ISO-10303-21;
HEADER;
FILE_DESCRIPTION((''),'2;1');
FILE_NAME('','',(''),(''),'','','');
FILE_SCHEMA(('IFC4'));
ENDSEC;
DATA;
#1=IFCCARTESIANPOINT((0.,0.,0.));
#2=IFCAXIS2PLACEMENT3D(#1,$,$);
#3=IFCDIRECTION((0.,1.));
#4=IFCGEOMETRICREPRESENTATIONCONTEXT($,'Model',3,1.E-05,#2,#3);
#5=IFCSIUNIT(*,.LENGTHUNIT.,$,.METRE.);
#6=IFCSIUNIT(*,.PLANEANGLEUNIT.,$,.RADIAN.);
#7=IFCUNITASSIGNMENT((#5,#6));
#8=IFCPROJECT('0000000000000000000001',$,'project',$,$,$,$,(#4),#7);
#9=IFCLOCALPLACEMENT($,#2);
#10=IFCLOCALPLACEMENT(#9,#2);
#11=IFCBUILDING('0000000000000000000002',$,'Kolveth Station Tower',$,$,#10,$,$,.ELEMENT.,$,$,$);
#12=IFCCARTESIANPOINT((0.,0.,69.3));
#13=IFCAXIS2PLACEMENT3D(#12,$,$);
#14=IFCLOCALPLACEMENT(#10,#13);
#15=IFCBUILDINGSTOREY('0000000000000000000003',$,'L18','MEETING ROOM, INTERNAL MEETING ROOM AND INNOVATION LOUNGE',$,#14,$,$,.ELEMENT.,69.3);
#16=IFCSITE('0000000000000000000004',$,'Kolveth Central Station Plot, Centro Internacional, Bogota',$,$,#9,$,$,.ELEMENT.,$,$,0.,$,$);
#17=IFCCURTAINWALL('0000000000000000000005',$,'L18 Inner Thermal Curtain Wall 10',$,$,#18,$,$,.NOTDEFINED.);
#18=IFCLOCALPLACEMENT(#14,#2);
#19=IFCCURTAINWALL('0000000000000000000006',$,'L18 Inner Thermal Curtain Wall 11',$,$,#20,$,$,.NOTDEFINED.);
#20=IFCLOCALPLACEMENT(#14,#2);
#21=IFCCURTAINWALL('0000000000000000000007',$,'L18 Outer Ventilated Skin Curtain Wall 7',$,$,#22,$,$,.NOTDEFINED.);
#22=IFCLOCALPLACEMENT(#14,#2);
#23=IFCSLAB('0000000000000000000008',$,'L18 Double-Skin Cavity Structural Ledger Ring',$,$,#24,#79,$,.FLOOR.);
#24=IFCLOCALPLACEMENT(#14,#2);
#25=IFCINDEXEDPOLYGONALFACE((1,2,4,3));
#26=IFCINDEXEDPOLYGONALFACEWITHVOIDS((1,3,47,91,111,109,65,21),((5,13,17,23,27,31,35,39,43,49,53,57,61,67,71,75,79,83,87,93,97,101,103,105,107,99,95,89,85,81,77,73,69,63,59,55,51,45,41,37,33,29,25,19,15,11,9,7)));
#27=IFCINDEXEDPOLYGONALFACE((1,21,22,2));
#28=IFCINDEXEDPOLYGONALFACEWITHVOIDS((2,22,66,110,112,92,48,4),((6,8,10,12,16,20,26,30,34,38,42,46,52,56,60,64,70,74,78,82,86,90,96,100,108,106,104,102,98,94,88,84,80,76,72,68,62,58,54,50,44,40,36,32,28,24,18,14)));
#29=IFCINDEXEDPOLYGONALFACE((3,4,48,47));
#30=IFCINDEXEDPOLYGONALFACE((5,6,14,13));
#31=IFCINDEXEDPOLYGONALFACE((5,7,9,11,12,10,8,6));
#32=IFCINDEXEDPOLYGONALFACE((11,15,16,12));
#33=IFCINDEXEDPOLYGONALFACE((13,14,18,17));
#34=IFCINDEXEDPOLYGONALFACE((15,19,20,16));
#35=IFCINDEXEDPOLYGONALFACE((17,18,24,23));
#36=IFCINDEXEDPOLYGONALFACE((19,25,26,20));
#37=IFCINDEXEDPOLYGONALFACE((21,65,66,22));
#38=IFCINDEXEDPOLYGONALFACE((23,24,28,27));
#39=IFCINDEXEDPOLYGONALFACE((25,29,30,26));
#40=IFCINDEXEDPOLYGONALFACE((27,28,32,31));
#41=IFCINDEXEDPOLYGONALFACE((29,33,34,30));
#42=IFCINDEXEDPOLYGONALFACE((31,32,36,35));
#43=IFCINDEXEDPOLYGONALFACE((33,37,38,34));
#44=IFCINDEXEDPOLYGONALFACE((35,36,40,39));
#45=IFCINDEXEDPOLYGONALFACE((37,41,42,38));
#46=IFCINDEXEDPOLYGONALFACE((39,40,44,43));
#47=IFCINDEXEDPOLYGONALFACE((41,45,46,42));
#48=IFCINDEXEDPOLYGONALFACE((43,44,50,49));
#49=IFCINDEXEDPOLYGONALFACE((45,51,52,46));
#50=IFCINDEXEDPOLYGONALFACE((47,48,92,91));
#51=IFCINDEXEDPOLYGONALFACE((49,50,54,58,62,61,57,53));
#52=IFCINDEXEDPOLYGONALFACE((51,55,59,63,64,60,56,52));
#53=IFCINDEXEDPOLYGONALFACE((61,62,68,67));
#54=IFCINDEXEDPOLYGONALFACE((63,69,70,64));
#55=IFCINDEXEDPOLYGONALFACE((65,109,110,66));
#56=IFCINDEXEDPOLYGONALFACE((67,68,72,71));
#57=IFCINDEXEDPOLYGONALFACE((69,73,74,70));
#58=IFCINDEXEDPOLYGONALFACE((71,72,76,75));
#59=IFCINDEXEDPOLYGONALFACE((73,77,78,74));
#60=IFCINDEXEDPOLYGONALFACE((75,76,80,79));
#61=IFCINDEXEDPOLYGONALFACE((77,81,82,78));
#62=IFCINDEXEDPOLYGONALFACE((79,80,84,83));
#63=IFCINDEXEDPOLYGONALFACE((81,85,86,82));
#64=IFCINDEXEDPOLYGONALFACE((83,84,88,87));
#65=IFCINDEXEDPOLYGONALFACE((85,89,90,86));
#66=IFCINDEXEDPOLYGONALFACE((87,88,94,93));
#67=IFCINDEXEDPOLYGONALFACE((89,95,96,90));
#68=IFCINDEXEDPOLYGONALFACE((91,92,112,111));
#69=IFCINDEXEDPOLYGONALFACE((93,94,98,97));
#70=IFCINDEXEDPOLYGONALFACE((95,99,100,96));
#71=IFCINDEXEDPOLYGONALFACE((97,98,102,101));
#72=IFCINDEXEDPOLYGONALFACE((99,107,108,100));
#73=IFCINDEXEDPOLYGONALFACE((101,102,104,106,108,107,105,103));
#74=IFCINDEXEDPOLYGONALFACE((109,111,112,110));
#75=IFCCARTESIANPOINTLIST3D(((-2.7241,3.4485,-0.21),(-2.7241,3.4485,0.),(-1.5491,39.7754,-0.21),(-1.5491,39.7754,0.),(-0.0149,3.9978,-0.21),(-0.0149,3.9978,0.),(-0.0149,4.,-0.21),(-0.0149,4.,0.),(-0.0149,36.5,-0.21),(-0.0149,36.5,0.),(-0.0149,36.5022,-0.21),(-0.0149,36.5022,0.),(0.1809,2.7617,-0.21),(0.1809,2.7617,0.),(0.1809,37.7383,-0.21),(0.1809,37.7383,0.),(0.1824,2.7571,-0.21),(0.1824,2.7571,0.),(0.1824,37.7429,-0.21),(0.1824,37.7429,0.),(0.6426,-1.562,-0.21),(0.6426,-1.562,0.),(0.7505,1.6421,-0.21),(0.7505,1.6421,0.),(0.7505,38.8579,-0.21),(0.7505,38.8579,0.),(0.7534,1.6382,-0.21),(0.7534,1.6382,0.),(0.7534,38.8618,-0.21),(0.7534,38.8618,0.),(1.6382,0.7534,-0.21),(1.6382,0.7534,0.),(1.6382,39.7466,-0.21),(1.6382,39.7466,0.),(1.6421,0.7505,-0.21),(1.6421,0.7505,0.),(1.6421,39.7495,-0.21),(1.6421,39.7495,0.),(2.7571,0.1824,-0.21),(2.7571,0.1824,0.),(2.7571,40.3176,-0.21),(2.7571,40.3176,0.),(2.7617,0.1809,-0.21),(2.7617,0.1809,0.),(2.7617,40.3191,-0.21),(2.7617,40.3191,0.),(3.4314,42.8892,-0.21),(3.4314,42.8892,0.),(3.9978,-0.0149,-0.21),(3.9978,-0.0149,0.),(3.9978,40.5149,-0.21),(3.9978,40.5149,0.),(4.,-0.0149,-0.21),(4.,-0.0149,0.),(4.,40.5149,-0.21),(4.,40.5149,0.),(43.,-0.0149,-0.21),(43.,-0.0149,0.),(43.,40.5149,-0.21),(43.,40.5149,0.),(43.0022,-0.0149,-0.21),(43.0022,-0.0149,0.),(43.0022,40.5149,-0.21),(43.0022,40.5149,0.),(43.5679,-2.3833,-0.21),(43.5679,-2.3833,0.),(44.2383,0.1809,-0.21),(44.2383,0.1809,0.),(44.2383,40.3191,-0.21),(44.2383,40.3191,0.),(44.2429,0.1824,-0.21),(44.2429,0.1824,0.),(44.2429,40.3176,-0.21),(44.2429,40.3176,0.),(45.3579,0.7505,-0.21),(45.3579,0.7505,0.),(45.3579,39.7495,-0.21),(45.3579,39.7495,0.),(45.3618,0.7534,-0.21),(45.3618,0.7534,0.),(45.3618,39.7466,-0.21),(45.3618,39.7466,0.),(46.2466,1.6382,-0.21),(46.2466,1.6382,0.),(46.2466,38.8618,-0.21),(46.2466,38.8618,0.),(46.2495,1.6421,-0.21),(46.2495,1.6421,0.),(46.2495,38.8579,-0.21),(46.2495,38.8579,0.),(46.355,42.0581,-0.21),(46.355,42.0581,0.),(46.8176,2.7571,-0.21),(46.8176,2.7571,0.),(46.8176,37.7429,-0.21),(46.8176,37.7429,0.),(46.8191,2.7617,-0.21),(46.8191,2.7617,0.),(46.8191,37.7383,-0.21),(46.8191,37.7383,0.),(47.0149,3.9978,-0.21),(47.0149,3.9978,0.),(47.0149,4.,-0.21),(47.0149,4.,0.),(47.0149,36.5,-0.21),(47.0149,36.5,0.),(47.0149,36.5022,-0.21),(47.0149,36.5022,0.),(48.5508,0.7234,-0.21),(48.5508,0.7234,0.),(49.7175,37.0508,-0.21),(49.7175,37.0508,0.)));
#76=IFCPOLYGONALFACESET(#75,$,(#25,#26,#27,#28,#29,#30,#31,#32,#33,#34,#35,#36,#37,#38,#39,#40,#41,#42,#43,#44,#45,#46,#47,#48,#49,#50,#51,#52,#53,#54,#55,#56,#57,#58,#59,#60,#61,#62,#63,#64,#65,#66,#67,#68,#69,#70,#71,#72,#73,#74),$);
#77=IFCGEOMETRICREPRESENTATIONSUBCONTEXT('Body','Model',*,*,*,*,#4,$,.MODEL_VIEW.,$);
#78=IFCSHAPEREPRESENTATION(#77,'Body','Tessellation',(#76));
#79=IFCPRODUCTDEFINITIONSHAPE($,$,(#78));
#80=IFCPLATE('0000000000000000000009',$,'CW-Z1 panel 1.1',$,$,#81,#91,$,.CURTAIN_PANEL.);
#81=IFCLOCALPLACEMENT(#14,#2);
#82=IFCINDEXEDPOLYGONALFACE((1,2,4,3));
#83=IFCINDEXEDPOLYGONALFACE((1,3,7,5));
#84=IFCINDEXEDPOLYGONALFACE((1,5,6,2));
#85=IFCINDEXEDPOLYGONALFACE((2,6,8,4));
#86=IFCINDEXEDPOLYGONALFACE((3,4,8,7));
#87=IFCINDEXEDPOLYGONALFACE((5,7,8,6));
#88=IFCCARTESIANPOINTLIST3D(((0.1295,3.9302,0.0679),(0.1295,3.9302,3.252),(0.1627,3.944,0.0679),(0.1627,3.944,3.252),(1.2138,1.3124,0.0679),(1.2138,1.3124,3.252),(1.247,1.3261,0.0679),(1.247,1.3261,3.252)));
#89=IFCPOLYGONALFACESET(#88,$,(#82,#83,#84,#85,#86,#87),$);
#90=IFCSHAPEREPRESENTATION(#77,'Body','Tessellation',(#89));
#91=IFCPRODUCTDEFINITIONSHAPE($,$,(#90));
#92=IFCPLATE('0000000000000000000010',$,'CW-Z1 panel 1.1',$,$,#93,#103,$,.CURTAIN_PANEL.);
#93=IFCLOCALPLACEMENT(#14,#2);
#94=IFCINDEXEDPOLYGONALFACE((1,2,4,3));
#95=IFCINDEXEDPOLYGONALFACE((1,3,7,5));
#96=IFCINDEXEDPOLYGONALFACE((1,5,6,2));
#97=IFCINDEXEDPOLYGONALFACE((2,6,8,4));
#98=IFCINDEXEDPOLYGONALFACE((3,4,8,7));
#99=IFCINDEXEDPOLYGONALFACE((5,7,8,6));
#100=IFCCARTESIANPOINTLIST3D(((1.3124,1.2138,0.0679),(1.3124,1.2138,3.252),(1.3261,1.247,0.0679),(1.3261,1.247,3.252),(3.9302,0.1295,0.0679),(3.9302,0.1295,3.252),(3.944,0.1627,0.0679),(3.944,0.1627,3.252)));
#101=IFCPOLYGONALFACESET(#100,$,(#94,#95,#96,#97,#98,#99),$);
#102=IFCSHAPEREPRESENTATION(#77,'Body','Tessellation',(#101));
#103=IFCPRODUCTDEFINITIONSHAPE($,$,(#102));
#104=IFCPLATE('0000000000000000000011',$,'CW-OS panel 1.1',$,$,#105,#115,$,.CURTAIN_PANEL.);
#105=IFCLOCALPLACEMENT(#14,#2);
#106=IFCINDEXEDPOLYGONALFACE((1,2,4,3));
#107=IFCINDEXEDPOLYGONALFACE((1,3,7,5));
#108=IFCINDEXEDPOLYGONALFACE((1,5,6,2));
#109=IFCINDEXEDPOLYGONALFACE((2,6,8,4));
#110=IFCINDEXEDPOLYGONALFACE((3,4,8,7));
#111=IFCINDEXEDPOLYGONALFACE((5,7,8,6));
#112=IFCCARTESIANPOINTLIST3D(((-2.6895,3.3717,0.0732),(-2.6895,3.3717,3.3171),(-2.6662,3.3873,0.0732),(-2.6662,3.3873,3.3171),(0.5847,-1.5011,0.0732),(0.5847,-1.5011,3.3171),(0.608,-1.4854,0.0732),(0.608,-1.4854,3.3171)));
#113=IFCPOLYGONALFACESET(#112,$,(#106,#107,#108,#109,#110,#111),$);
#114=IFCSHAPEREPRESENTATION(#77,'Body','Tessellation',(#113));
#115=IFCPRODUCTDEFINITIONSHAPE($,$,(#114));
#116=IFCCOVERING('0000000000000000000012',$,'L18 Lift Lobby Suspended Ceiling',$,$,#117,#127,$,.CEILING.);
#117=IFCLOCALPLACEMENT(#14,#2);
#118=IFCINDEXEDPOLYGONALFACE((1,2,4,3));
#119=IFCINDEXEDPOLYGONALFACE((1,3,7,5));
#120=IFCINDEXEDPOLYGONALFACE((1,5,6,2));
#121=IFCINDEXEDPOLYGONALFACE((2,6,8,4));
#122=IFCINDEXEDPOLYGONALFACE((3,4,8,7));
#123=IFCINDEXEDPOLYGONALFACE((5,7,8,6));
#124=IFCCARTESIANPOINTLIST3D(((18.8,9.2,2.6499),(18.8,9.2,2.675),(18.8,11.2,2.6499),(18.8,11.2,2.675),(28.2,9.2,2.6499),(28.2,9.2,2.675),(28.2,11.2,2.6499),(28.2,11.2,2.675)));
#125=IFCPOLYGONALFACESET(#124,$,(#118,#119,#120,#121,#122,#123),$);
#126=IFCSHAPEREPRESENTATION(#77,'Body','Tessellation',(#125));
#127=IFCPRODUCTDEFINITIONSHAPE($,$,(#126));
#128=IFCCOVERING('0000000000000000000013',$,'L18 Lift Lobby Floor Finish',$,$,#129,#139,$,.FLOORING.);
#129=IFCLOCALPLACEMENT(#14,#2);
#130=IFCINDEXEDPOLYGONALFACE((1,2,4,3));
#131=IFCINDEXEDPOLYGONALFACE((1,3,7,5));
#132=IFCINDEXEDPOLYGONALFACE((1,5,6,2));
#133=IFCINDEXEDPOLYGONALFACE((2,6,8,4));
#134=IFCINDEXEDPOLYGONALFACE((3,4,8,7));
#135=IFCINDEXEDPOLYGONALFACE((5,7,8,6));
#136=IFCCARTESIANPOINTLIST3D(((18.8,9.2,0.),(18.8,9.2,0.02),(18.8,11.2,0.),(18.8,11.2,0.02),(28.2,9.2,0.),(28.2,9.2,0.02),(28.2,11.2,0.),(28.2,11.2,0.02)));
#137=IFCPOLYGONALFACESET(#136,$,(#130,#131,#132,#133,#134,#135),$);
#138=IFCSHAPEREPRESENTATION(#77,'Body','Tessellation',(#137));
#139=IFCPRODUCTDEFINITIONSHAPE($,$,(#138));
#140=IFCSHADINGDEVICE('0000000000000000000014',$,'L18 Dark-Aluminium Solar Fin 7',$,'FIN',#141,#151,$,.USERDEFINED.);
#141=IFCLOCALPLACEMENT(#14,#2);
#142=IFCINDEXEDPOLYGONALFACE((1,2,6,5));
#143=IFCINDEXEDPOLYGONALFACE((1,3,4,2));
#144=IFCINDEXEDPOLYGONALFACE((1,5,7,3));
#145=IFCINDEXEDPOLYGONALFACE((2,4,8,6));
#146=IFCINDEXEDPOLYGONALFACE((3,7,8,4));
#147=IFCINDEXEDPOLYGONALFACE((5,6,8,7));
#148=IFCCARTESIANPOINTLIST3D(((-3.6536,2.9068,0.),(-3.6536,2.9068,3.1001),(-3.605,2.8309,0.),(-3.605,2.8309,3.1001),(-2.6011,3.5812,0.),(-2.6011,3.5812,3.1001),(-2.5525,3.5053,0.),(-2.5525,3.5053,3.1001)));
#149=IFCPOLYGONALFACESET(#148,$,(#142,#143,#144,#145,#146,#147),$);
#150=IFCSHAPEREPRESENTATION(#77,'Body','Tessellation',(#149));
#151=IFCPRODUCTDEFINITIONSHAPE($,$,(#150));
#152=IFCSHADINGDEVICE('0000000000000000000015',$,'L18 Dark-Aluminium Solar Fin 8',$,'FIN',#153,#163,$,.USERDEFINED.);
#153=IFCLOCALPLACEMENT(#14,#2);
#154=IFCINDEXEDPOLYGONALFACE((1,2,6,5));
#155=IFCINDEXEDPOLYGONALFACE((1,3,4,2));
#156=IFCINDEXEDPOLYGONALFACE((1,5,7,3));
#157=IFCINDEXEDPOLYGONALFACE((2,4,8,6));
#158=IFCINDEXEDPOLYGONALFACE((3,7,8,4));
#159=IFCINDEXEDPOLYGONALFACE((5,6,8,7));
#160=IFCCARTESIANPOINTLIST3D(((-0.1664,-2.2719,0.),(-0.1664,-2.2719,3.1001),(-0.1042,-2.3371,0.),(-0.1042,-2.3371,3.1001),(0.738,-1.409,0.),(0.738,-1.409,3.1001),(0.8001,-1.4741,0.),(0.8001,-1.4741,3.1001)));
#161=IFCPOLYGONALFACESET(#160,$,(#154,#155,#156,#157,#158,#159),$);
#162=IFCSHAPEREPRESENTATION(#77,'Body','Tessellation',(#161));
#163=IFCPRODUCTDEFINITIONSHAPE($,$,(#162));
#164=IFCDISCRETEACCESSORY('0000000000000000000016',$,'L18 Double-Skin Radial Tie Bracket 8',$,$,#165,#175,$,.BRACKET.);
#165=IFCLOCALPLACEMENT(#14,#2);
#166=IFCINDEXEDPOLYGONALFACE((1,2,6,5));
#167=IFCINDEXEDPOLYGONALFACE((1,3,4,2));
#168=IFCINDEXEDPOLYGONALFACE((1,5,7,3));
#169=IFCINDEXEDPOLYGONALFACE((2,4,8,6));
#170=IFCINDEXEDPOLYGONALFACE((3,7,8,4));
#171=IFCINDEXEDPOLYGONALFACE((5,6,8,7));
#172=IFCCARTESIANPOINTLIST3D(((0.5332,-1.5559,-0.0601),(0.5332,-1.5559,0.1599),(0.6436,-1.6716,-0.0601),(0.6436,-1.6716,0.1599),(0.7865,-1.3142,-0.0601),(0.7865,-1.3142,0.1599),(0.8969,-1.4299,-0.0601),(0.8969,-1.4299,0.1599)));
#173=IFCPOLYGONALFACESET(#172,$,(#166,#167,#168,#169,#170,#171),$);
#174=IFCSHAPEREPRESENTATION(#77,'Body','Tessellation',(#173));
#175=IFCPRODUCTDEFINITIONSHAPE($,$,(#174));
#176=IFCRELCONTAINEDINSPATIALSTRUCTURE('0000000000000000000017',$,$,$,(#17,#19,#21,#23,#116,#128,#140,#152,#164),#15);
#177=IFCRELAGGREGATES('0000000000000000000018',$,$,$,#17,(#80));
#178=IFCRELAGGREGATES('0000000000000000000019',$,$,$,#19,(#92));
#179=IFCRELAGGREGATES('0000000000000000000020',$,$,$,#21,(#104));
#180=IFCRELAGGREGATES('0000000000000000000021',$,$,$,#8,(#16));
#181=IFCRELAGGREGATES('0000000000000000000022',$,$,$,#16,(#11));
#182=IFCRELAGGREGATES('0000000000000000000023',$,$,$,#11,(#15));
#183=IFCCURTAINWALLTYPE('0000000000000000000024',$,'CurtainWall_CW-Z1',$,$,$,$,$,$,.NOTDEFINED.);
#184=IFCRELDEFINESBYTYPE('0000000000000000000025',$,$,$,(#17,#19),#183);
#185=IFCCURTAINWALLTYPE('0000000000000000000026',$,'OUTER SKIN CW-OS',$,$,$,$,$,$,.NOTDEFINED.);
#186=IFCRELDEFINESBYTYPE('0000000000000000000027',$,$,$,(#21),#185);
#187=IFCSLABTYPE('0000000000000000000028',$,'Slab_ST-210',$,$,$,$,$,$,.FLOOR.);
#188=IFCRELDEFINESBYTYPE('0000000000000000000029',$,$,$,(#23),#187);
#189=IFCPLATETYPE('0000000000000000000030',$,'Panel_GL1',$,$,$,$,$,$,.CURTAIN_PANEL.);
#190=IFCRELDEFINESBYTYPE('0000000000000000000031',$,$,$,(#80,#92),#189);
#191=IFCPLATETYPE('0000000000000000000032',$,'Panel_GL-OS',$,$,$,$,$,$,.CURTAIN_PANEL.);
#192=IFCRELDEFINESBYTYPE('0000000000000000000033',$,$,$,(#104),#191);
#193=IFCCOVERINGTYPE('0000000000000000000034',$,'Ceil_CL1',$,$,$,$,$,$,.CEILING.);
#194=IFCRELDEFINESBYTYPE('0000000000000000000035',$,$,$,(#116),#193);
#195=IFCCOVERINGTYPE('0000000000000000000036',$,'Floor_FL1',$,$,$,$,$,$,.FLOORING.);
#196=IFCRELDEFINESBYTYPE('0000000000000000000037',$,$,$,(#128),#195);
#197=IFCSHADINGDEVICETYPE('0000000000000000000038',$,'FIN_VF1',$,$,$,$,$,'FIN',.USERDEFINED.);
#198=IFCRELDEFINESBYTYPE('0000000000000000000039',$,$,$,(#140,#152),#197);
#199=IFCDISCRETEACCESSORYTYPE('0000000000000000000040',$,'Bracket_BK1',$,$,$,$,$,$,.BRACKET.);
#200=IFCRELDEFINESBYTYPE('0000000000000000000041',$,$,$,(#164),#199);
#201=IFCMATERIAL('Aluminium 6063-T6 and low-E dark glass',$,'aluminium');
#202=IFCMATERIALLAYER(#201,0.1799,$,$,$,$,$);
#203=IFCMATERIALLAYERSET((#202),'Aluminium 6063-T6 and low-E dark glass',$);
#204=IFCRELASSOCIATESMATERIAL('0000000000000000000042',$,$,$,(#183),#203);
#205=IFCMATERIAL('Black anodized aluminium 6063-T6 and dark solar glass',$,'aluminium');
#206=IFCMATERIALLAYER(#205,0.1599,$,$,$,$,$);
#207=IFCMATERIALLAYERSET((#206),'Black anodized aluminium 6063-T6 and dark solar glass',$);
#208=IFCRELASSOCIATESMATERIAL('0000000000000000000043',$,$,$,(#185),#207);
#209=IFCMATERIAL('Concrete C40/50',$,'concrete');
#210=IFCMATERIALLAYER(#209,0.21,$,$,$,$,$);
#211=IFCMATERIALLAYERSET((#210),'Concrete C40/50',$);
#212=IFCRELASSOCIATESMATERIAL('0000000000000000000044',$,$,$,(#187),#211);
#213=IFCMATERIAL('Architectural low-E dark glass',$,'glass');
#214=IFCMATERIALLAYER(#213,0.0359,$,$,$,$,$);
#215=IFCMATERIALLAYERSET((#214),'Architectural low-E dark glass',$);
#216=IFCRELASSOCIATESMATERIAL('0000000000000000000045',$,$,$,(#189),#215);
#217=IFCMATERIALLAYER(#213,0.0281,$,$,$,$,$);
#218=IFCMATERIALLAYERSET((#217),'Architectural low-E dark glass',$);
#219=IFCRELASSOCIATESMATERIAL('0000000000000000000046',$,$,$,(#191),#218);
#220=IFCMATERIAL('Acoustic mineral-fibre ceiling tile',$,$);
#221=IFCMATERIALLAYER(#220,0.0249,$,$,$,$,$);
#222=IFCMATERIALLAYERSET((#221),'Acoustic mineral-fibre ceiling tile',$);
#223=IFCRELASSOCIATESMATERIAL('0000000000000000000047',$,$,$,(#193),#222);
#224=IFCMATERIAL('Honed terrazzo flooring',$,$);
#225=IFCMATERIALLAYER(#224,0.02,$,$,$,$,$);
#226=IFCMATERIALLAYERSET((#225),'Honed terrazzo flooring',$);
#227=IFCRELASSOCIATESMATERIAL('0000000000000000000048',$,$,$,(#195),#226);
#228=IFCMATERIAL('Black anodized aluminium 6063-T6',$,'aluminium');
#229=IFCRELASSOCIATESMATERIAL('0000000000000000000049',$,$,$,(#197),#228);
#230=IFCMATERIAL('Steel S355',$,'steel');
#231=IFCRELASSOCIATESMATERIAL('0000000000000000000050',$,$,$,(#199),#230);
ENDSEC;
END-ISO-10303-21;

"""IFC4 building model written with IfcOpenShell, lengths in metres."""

from ifc_helpers import new_model, si_unit, direction, frame, origin, origin_2d, place, context, subcontext, project, spatial, polyline, rectangle, outline, extrude, source, transform, mapped, material, layer, layer_set, type_object, element, aggregate, save


model = new_model("IFC4")

# Units and contexts
model_context = context("Model", 3, precision=1e-05, world=origin(), true_north=direction((0.0, 1.0)))
body_context = subcontext(model_context, "Body", "Model", "MODEL_VIEW")
ifc_project = project(units=[si_unit("LENGTHUNIT", "METRE"), si_unit("PLANEANGLEUNIT", "RADIAN")], contexts=[model_context])

# Site, building, storey
site_placement = place(None, origin())
site = spatial("IfcSite", under=ifc_project, at=site_placement, Name="Kolveth Central Station Plot, Centro Internacional, Bogota", CompositionType="ELEMENT", RefElevation=0.0)
building_placement = place(site_placement, origin())
building = spatial("IfcBuilding", under=site, at=building_placement, Name="Kolveth Station Tower", CompositionType="ELEMENT")
storey_placement = place(building_placement, frame((0.0, 0.0, 69.3)))
storey = spatial("IfcBuildingStorey", under=building, at=storey_placement, Name="L18", Description="MEETING ROOM, INTERNAL MEETING ROOM AND INNOVATION LOUNGE", CompositionType="ELEMENT", Elevation=69.3)

# Shared definitions
ifc_material_1 = material(Name="Steel S355", Category="steel")

# Curtain wall
ifc_material_2 = material(Name="Aluminium 6063-T6 and low-E dark glass", Category="aluminium")
ifc_layer_1 = layer(ifc_material_2, 0.1799)
ifc_layer_set_1 = layer_set([ifc_layer_1], Name="Aluminium 6063-T6 and low-E dark glass")
curtain_wall_type_1 = type_object("IfcCurtainWallType", Name="CurtainWall_CW-Z1", PredefinedType="NOTDEFINED", material=ifc_layer_set_1)
curtain_wall_1_placement = place(storey_placement, origin())
curtain_wall_1 = element("IfcCurtainWall", 1, at=curtain_wall_1_placement, inside=storey, type_object=curtain_wall_type_1, Name="L18 Inner Thermal Curtain Wall 10", PredefinedType="NOTDEFINED")
ifc_material_3 = material(Name="Black anodized aluminium 6063-T6", Category="aluminium")

# Curtain wall
curtain_wall_2_placement = place(storey_placement, origin())
curtain_wall_2 = element("IfcCurtainWall", 2, at=curtain_wall_2_placement, inside=storey, type_object=curtain_wall_type_1, Name="L18 Inner Thermal Curtain Wall 11", PredefinedType="NOTDEFINED")

# Curtain wall
ifc_material_4 = material(Name="Black anodized aluminium 6063-T6 and dark solar glass", Category="aluminium")
ifc_layer_2 = layer(ifc_material_4, 0.1599)
ifc_layer_set_2 = layer_set([ifc_layer_2], Name="Black anodized aluminium 6063-T6 and dark solar glass")
curtain_wall_type_2 = type_object("IfcCurtainWallType", Name="OUTER SKIN CW-OS", PredefinedType="NOTDEFINED", material=ifc_layer_set_2)
curtain_wall_3_placement = place(storey_placement, origin())
curtain_wall_3 = element("IfcCurtainWall", 3, at=curtain_wall_3_placement, inside=storey, type_object=curtain_wall_type_2, Name="L18 Outer Ventilated Skin Curtain Wall 7", PredefinedType="NOTDEFINED")

# Shared definitions
ifc_material_5 = material(Name="Concrete C40/50", Category="concrete")

# Slab
ifc_layer_3 = layer(ifc_material_5, 0.21)
ifc_layer_set_3 = layer_set([ifc_layer_3], Name="Concrete C40/50")
slab_type_1 = type_object("IfcSlabType", Name="Slab_ST-210", PredefinedType="FLOOR", material=ifc_layer_set_3)
slab_1_placement = place(storey_placement, frame((0.0, 0.0, -0.21)))
element("IfcSlab", 4, at=slab_1_placement, inside=storey, type_object=slab_type_1, Name="L18 Double-Skin Cavity Structural Ledger Ring", PredefinedType="FLOOR", context=body_context, shape_type="SweptSolid", body=[
    extrude(outline(polyline([(0.6426, -1.562), (-2.7241, 3.4485), (-1.5491, 39.7754), (3.4314, 42.8892), (46.355, 42.0581), (49.7175, 37.0508), (48.5508, 0.7234), (43.5679, -2.3833), (0.6426, -1.562)]), holes=[polyline([(43.0022, -0.0149), (44.2383, 0.1809), (44.2429, 0.1824), (45.3579, 0.7505), (45.3618, 0.7534), (46.2466, 1.6382), (46.2495, 1.6421), (46.8176, 2.7571), (46.8191, 2.7617), (47.0149, 3.9978), (47.0149, 4.0), (47.0149, 36.5), (47.0149, 36.5022), (46.8191, 37.7383), (46.8176, 37.7429), (46.2495, 38.8579), (46.2466, 38.8618), (45.3618, 39.7466), (45.3579, 39.7495), (44.2429, 40.3176), (44.2383, 40.3191), (43.0022, 40.5149), (43.0, 40.5149), (4.0, 40.5149), (3.9978, 40.5149), (2.7617, 40.3191), (2.7571, 40.3176), (1.6421, 39.7495), (1.6382, 39.7466), (0.7534, 38.8618), (0.7505, 38.8579), (0.1824, 37.7429), (0.1809, 37.7383), (-0.0149, 36.5022), (-0.0149, 36.5), (-0.0149, 4.0), (-0.0149, 3.9978), (0.1809, 2.7617), (0.1824, 2.7571), (0.7505, 1.6421), (0.7534, 1.6382), (1.6382, 0.7534), (1.6421, 0.7505), (2.7571, 0.1824), (2.7617, 0.1809), (3.9978, -0.0149), (4.0, -0.0149), (43.0, -0.0149), (43.0022, -0.0149)])]), origin(), (0.0, 0.0, 1.0), 0.21),
])

# Plates
ifc_material_6 = material(Name="Architectural low-E dark glass", Category="glass")
ifc_layer_4 = layer(ifc_material_6, 0.0359)
ifc_layer_set_4 = layer_set([ifc_layer_4], Name="Architectural low-E dark glass")
plate_type_1 = type_object("IfcPlateType", Name="Panel_GL1", PredefinedType="CURTAIN_PANEL", material=ifc_layer_set_4)
shared_shape_1 = source(origin(), body_context, "Body", "SweptSolid", [
    extrude(rectangle(XDim=2.8335, YDim=0.0359, at=origin_2d()), origin(), (0.0, 0.0, 1.0), 3.1841),
])
plate_1_placement = place(storey_placement, frame((0.6882, 2.6282, 0.0679), z_axis=(0.0, 0.0, 1.0), x_axis=(0.382673, -0.923884, 0.0)))
plate_1 = element("IfcPlate", 5, at=plate_1_placement, type_object=plate_type_1, Name="CW-Z1 panel 1.1", PredefinedType="CURTAIN_PANEL", context=body_context, shape_type="MappedRepresentation", body=[
    mapped(shared_shape_1, transform((0.0, 0.0, 0.0), x_axis=(1.0, 0.0, 0.0), y_axis=(0.0, 1.0, 0.0), z_axis=(0.0, 0.0, 1.0), scale=1.0)),
])
aggregate(curtain_wall_1, [plate_1])
plate_2_placement = place(storey_placement, frame((2.6282, 0.6882, 0.0679), z_axis=(0.0, 0.0, 1.0), x_axis=(0.923884, -0.382673, 0.0)))
plate_2 = element("IfcPlate", 6, at=plate_2_placement, type_object=plate_type_1, Name="CW-Z1 panel 1.1", PredefinedType="CURTAIN_PANEL", context=body_context, shape_type="MappedRepresentation", body=[
    mapped(shared_shape_1, transform((0.0, 0.0, 0.0), x_axis=(1.0, 0.0, 0.0), y_axis=(0.0, 1.0, 0.0), z_axis=(0.0, 0.0, 1.0), scale=1.0)),
])
aggregate(curtain_wall_2, [plate_2])
ifc_layer_5 = layer(ifc_material_6, 0.0281)
ifc_layer_set_5 = layer_set([ifc_layer_5], Name="Architectural low-E dark glass")
plate_type_2 = type_object("IfcPlateType", Name="Panel_GL-OS", PredefinedType="CURTAIN_PANEL", material=ifc_layer_set_5)
shared_shape_2 = source(origin(), body_context, "Body", "SweptSolid", [
    extrude(rectangle(XDim=5.8706, YDim=0.0281, at=origin_2d()), origin(), (0.0, 0.0, 1.0), 3.2439),
])
plate_3_placement = place(storey_placement, frame((-1.0408, 0.9431, 0.0732), z_axis=(0.0, 0.0, 1.0), x_axis=(0.55772, -0.830029, 0.0)))
plate_3 = element("IfcPlate", 7, at=plate_3_placement, type_object=plate_type_2, Name="CW-OS panel 1.1", PredefinedType="CURTAIN_PANEL", context=body_context, shape_type="MappedRepresentation", body=[
    mapped(shared_shape_2, transform((0.0, 0.0, 0.0), x_axis=(1.0, 0.0, 0.0), y_axis=(0.0, 1.0, 0.0), z_axis=(0.0, 0.0, 1.0), scale=1.0)),
])
aggregate(curtain_wall_3, [plate_3])

# Coverings
ifc_material_7 = material(Name="Acoustic mineral-fibre ceiling tile")
ifc_layer_6 = layer(ifc_material_7, 0.0249)
ifc_layer_set_6 = layer_set([ifc_layer_6], Name="Acoustic mineral-fibre ceiling tile")
covering_type_1 = type_object("IfcCoveringType", Name="Ceil_CL1", PredefinedType="CEILING", material=ifc_layer_set_6)
covering_1_placement = place(storey_placement, frame((0.0, 0.0, 2.6499)))
element("IfcCovering", 8, at=covering_1_placement, inside=storey, type_object=covering_type_1, Name="L18 Lift Lobby Suspended Ceiling", PredefinedType="CEILING", context=body_context, shape_type="SweptSolid", body=[
    extrude(outline(polyline([(18.8, 9.2), (28.2, 9.2), (28.2, 11.2), (18.8, 11.2), (18.8, 9.2)])), origin(), (0.0, 0.0, 1.0), 0.0251),
])
ifc_material_8 = material(Name="Honed terrazzo flooring")
ifc_layer_7 = layer(ifc_material_8, 0.02)
ifc_layer_set_7 = layer_set([ifc_layer_7], Name="Honed terrazzo flooring")
covering_type_2 = type_object("IfcCoveringType", Name="Floor_FL1", PredefinedType="FLOORING", material=ifc_layer_set_7)
covering_2_placement = place(storey_placement, origin())
element("IfcCovering", 9, at=covering_2_placement, inside=storey, type_object=covering_type_2, Name="L18 Lift Lobby Floor Finish", PredefinedType="FLOORING", context=body_context, shape_type="SweptSolid", body=[
    extrude(outline(polyline([(18.8, 9.2), (28.2, 9.2), (28.2, 11.2), (18.8, 11.2), (18.8, 9.2)])), origin(), (0.0, 0.0, 1.0), 0.02),
])

# Shading devices
shading_device_type = type_object("IfcShadingDeviceType", Name="FIN_VF1", ElementType="FIN", PredefinedType="USERDEFINED", material=ifc_material_3)
shared_shape_3 = source(origin(), body_context, "Body", "SweptSolid", [
    extrude(rectangle(XDim=1.25, YDim=0.0901, at=origin_2d()), origin(), (0.0, 0.0, 1.0), 3.1001),
])
for number, where, z_axis, x_axis, name in (
    (10, (-3.103, 3.2061, 0.0), (0.0, 0.0, 1.0), (-0.841982, -0.539506, 0.0), "L18 Dark-Aluminium Solar Fin 7"),
    (11, (0.3169, -1.873, 0.0), (0.0, 0.0, 1.0), (-0.723449, -0.690378, 0.0), "L18 Dark-Aluminium Solar Fin 8"),
):
    element("IfcShadingDevice", number, at=place(storey_placement, frame(where, z_axis=z_axis, x_axis=x_axis)), inside=storey, type_object=shading_device_type, Name=name, ObjectType="FIN", PredefinedType="USERDEFINED", context=body_context, shape_type="MappedRepresentation", body=[
        mapped(shared_shape_3, transform((0.0, 0.0, 0.0), x_axis=(1.0, 0.0, 0.0), y_axis=(0.0, 1.0, 0.0), z_axis=(0.0, 0.0, 1.0), scale=1.0)),
    ])

# Discrete accessory
discrete_accessory_type = type_object("IfcDiscreteAccessoryType", Name="Bracket_BK1", PredefinedType="BRACKET", material=ifc_material_1)
shared_shape_4 = source(origin(), body_context, "Body", "SweptSolid", [
    extrude(rectangle(XDim=0.3501, YDim=0.1599, at=origin_2d()), origin(), (0.0, 0.0, 1.0), 0.22),
])
discrete_accessory_placement = place(storey_placement, frame((0.7151, -1.4929, -0.0601), z_axis=(0.0, 0.0, 1.0), x_axis=(-0.723449, -0.690378, 0.0)))
element("IfcDiscreteAccessory", 12, at=discrete_accessory_placement, inside=storey, type_object=discrete_accessory_type, Name="L18 Double-Skin Radial Tie Bracket 8", PredefinedType="BRACKET", context=body_context, shape_type="MappedRepresentation", body=[
    mapped(shared_shape_4, transform((0.0, 0.0, 0.0), x_axis=(1.0, 0.0, 0.0), y_axis=(0.0, 1.0, 0.0), z_axis=(0.0, 0.0, 1.0), scale=1.0)),
])

save(model, "model.ifc")
